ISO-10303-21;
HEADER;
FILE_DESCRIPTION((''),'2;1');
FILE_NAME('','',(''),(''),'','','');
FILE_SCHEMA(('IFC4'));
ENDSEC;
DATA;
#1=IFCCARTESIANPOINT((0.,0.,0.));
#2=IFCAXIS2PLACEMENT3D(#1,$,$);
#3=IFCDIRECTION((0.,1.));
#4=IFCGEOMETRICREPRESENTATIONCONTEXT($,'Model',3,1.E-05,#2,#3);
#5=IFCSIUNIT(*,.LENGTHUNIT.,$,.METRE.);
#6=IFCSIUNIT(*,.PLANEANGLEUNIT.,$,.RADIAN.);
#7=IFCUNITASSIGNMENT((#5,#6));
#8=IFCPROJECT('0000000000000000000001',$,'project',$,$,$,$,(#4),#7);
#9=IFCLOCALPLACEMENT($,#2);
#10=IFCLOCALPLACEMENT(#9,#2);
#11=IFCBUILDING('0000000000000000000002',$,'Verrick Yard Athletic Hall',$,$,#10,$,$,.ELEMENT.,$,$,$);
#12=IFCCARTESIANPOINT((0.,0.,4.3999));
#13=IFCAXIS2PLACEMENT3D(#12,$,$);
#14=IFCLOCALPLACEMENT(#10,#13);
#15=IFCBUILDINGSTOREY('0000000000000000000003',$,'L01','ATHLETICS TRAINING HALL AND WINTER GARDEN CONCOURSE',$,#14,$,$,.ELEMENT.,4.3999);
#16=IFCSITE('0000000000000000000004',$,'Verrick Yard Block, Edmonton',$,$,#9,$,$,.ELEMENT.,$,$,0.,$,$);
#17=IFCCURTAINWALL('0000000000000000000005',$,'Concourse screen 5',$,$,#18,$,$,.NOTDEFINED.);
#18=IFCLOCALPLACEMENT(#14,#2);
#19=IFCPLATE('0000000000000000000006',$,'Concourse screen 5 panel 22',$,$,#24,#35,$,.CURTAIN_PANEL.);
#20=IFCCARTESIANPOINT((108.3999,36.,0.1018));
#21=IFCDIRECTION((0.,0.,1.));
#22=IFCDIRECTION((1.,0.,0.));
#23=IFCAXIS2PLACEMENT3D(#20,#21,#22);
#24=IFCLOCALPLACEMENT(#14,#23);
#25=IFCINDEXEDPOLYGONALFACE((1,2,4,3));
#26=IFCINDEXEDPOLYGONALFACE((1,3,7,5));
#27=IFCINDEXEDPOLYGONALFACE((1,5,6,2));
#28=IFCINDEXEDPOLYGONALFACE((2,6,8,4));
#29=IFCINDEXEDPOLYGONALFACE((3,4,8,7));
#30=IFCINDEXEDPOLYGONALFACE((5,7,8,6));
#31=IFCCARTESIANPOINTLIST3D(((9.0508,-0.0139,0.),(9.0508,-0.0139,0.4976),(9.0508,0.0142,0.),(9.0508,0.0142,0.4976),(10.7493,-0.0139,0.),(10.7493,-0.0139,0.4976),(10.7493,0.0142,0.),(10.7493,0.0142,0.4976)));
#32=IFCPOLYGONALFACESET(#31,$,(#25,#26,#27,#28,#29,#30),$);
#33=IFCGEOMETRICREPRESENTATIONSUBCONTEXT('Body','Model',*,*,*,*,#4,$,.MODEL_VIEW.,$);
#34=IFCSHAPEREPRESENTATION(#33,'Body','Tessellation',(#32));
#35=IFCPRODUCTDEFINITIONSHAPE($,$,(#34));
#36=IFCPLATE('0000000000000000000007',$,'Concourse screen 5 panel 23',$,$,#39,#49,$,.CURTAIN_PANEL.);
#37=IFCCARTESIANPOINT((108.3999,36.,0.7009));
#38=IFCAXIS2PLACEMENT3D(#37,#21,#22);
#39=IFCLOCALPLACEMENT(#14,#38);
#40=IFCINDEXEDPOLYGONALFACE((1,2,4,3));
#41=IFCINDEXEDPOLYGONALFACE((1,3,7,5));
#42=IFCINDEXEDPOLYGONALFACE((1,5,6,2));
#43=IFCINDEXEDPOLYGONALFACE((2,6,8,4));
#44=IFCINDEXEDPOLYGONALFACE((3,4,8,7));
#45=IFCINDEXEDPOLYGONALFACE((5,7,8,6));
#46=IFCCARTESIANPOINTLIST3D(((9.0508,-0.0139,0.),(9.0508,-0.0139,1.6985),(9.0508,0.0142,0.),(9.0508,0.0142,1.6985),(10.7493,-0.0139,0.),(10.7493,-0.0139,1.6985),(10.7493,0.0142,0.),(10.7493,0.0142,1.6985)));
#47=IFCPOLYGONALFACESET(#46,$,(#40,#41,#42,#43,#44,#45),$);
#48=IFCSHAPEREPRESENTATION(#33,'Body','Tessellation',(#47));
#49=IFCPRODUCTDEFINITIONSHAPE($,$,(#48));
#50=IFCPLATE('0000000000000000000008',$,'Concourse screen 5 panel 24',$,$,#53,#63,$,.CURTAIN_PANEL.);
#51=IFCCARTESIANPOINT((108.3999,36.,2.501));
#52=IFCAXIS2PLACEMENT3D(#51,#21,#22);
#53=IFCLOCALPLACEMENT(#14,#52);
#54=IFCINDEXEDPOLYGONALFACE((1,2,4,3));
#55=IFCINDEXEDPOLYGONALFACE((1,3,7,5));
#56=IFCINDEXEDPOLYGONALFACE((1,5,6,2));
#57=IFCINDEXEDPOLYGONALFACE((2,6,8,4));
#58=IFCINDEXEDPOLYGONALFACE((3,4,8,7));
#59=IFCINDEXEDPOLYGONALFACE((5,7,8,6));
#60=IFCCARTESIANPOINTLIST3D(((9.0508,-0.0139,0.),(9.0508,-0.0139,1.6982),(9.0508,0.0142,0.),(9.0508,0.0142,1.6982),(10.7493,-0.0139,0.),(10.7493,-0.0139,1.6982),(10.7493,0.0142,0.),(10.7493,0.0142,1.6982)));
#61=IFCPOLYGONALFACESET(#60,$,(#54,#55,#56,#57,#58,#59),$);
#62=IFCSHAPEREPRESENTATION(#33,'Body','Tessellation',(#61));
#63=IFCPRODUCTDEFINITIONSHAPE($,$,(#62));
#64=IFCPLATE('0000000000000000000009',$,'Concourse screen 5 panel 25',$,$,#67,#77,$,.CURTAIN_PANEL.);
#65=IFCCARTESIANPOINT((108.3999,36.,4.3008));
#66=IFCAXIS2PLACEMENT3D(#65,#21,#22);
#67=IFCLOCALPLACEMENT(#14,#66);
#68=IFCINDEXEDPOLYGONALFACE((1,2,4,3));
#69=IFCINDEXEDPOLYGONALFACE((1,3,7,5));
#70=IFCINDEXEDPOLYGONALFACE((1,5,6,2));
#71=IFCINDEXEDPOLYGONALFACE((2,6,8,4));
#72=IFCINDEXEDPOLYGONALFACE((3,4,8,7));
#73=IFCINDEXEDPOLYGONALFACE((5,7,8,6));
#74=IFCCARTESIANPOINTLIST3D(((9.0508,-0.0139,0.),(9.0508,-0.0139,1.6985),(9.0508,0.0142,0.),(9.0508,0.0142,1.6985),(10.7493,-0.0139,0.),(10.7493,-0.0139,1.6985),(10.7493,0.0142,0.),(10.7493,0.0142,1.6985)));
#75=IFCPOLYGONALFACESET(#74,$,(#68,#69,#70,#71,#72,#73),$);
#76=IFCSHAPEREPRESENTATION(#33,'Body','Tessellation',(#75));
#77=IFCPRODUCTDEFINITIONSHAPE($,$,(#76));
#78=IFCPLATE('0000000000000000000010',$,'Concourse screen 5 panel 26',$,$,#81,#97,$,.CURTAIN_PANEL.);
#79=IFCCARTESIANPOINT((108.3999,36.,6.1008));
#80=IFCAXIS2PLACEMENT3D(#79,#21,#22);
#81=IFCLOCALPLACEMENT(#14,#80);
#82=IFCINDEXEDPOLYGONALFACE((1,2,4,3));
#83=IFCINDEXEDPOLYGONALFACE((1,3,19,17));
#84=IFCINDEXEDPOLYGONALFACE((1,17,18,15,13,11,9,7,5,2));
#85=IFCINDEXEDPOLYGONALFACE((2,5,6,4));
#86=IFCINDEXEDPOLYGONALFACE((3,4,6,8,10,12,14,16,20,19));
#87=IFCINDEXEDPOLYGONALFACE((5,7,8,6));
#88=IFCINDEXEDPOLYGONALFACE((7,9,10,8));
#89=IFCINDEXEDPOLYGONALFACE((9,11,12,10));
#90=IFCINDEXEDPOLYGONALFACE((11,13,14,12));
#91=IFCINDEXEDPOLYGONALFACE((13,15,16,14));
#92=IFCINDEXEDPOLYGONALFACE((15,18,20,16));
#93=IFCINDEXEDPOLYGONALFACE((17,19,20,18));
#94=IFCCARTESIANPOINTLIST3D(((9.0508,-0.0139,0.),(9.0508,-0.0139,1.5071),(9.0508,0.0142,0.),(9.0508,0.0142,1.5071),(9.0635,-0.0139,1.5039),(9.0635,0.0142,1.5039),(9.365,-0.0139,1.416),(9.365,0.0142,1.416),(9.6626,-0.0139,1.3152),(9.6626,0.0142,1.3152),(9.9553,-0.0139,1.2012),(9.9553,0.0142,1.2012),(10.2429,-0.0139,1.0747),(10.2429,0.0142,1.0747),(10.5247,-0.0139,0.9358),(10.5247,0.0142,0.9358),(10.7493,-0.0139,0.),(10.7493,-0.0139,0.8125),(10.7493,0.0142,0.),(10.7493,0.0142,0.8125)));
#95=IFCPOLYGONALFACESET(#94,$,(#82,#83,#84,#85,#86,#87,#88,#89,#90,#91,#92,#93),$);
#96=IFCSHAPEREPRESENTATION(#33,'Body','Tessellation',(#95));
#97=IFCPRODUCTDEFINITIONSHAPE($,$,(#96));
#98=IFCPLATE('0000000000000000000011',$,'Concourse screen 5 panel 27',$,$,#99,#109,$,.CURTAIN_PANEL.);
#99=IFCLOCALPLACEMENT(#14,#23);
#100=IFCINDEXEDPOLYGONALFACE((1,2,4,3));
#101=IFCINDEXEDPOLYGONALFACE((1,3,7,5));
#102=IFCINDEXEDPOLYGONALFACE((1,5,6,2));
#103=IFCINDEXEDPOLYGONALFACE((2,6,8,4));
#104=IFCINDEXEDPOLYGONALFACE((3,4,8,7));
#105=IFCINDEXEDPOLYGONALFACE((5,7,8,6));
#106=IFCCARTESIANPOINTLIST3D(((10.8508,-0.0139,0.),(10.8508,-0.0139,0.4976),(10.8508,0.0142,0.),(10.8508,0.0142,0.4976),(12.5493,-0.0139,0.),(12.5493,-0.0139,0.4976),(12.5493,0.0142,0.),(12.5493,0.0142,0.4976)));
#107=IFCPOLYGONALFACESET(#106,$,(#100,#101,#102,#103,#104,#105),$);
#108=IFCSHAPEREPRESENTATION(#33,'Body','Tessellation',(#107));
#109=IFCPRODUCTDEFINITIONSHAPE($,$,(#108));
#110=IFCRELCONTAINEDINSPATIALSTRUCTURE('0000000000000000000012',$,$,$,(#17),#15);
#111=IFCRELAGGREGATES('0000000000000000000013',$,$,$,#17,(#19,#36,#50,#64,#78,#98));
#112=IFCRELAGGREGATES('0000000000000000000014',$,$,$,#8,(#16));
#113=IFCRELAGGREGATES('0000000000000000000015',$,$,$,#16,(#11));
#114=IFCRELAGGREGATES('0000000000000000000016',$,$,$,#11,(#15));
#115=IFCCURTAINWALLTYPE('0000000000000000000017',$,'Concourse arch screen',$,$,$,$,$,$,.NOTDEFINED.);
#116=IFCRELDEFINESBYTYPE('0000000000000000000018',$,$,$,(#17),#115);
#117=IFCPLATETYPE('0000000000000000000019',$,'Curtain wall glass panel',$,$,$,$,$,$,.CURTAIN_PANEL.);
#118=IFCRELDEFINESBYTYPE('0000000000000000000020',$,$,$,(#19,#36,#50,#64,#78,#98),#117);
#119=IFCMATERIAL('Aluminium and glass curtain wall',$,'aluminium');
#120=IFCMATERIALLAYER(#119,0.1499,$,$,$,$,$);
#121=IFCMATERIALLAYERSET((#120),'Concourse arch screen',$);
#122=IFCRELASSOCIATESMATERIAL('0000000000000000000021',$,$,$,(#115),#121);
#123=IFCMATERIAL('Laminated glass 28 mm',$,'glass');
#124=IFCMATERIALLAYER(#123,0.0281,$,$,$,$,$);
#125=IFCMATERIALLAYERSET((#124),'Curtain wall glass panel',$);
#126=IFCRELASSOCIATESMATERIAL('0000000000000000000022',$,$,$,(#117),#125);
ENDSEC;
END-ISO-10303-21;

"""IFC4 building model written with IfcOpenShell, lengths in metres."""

from ifc_helpers import new_model, si_unit, direction, frame, origin, place, context, subcontext, project, spatial, polyline, outline, extrude, material, layer, layer_set, type_object, element, aggregate, save


model = new_model("IFC4")

# Units and contexts
model_context = context("Model", 3, precision=1e-05, world=origin(), true_north=direction((0.0, 1.0)))
body_context = subcontext(model_context, "Body", "Model", "MODEL_VIEW")
ifc_project = project(units=[si_unit("LENGTHUNIT", "METRE"), si_unit("PLANEANGLEUNIT", "RADIAN")], contexts=[model_context])

# Site, building, storey
site_placement = place(None, origin())
site = spatial("IfcSite", under=ifc_project, at=site_placement, Name="Verrick Yard Block, Edmonton", CompositionType="ELEMENT", RefElevation=0.0)
building_placement = place(site_placement, origin())
building = spatial("IfcBuilding", under=site, at=building_placement, Name="Verrick Yard Athletic Hall", CompositionType="ELEMENT")
storey_placement = place(building_placement, frame((0.0, 0.0, 4.3999)))
storey = spatial("IfcBuildingStorey", under=building, at=storey_placement, Name="L01", Description="ATHLETICS TRAINING HALL AND WINTER GARDEN CONCOURSE", CompositionType="ELEMENT", Elevation=4.3999)

# Curtain wall, plates
ifc_material_1 = material(Name="Aluminium and glass curtain wall", Category="aluminium")
ifc_layer_1 = layer(ifc_material_1, 0.1499)
ifc_layer_set_1 = layer_set([ifc_layer_1], Name="Concourse arch screen")
curtain_wall_type = type_object("IfcCurtainWallType", Name="Concourse arch screen", PredefinedType="NOTDEFINED", material=ifc_layer_set_1)
curtain_wall_placement = place(storey_placement, origin())
curtain_wall = element("IfcCurtainWall", 1, at=curtain_wall_placement, inside=storey, type_object=curtain_wall_type, Name="Concourse screen 5", PredefinedType="NOTDEFINED")
ifc_material_2 = material(Name="Laminated glass 28 mm", Category="glass")
ifc_layer_2 = layer(ifc_material_2, 0.0281)
ifc_layer_set_2 = layer_set([ifc_layer_2], Name="Curtain wall glass panel")
plate_type = type_object("IfcPlateType", Name="Curtain wall glass panel", PredefinedType="CURTAIN_PANEL", material=ifc_layer_set_2)
plate_1_placement = place(storey_placement, frame((108.3999, 36.0, 0.1018), z_axis=(0.0, 0.0, 1.0), x_axis=(1.0, 0.0, 0.0)))
plate_1 = element("IfcPlate", 2, at=plate_1_placement, type_object=plate_type, Name="Concourse screen 5 panel 22", PredefinedType="CURTAIN_PANEL", context=body_context, shape_type="SweptSolid", body=[
    extrude(outline(polyline([(10.7493, 0.0), (10.7493, 0.4976), (9.0508, 0.4976), (9.0508, 0.0), (10.7493, 0.0)])), frame((0.0, 0.0142, 0.0), z_axis=(0.0, -1.0, 0.0), x_axis=(1.0, 0.0, 0.0)), (0.0, 0.0, 1.0), 0.0281),
])
plate_2_placement = place(storey_placement, frame((108.3999, 36.0, 0.7009), z_axis=(0.0, 0.0, 1.0), x_axis=(1.0, 0.0, 0.0)))
plate_2 = element("IfcPlate", 3, at=plate_2_placement, type_object=plate_type, Name="Concourse screen 5 panel 23", PredefinedType="CURTAIN_PANEL", context=body_context, shape_type="SweptSolid", body=[
    extrude(outline(polyline([(10.7493, 0.0), (10.7493, 1.6985), (9.0508, 1.6985), (9.0508, 0.0), (10.7493, 0.0)])), frame((0.0, 0.0142, 0.0), z_axis=(0.0, -1.0, 0.0), x_axis=(1.0, 0.0, 0.0)), (0.0, 0.0, 1.0), 0.0281),
])
plate_3_placement = place(storey_placement, frame((108.3999, 36.0, 2.501), z_axis=(0.0, 0.0, 1.0), x_axis=(1.0, 0.0, 0.0)))
plate_3 = element("IfcPlate", 4, at=plate_3_placement, type_object=plate_type, Name="Concourse screen 5 panel 24", PredefinedType="CURTAIN_PANEL", context=body_context, shape_type="SweptSolid", body=[
    extrude(outline(polyline([(10.7493, 0.0), (10.7493, 1.6982), (9.0508, 1.6982), (9.0508, 0.0), (10.7493, 0.0)])), frame((0.0, 0.0142, 0.0), z_axis=(0.0, -1.0, 0.0), x_axis=(1.0, 0.0, 0.0)), (0.0, 0.0, 1.0), 0.0281),
])
plate_4_placement = place(storey_placement, frame((108.3999, 36.0, 4.3008), z_axis=(0.0, 0.0, 1.0), x_axis=(1.0, 0.0, 0.0)))
plate_4 = element("IfcPlate", 5, at=plate_4_placement, type_object=plate_type, Name="Concourse screen 5 panel 25", PredefinedType="CURTAIN_PANEL", context=body_context, shape_type="SweptSolid", body=[
    extrude(outline(polyline([(10.7493, 0.0), (10.7493, 1.6985), (9.0508, 1.6985), (9.0508, 0.0), (10.7493, 0.0)])), frame((0.0, 0.0142, 0.0), z_axis=(0.0, -1.0, 0.0), x_axis=(1.0, 0.0, 0.0)), (0.0, 0.0, 1.0), 0.0281),
])
plate_5_placement = place(storey_placement, frame((108.3999, 36.0, 6.1008), z_axis=(0.0, 0.0, 1.0), x_axis=(1.0, 0.0, 0.0)))
plate_5 = element("IfcPlate", 6, at=plate_5_placement, type_object=plate_type, Name="Concourse screen 5 panel 26", PredefinedType="CURTAIN_PANEL", context=body_context, shape_type="SweptSolid", body=[
    extrude(outline(polyline([(10.7493, 0.8125), (10.5247, 0.9358), (10.2429, 1.0747), (9.9553, 1.2012), (9.6626, 1.3152), (9.365, 1.416), (9.0635, 1.5039), (9.0508, 1.5071), (9.0508, 0.0), (10.7493, 0.0), (10.7493, 0.8125)])), frame((0.0, 0.0142, 0.0), z_axis=(0.0, -1.0, 0.0), x_axis=(1.0, 0.0, 0.0)), (0.0, 0.0, 1.0), 0.0281),
])
plate_6_placement = place(storey_placement, frame((108.3999, 36.0, 0.1018), z_axis=(0.0, 0.0, 1.0), x_axis=(1.0, 0.0, 0.0)))
plate_6 = element("IfcPlate", 7, at=plate_6_placement, type_object=plate_type, Name="Concourse screen 5 panel 27", PredefinedType="CURTAIN_PANEL", context=body_context, shape_type="SweptSolid", body=[
    extrude(outline(polyline([(12.5493, 0.0), (12.5493, 0.4976), (10.8508, 0.4976), (10.8508, 0.0), (12.5493, 0.0)])), frame((0.0, 0.0142, 0.0), z_axis=(0.0, -1.0, 0.0), x_axis=(1.0, 0.0, 0.0)), (0.0, 0.0, 1.0), 0.0281),
])
aggregate(curtain_wall, [plate_1, plate_2, plate_3, plate_4, plate_5, plate_6])

save(model, "model.ifc")
